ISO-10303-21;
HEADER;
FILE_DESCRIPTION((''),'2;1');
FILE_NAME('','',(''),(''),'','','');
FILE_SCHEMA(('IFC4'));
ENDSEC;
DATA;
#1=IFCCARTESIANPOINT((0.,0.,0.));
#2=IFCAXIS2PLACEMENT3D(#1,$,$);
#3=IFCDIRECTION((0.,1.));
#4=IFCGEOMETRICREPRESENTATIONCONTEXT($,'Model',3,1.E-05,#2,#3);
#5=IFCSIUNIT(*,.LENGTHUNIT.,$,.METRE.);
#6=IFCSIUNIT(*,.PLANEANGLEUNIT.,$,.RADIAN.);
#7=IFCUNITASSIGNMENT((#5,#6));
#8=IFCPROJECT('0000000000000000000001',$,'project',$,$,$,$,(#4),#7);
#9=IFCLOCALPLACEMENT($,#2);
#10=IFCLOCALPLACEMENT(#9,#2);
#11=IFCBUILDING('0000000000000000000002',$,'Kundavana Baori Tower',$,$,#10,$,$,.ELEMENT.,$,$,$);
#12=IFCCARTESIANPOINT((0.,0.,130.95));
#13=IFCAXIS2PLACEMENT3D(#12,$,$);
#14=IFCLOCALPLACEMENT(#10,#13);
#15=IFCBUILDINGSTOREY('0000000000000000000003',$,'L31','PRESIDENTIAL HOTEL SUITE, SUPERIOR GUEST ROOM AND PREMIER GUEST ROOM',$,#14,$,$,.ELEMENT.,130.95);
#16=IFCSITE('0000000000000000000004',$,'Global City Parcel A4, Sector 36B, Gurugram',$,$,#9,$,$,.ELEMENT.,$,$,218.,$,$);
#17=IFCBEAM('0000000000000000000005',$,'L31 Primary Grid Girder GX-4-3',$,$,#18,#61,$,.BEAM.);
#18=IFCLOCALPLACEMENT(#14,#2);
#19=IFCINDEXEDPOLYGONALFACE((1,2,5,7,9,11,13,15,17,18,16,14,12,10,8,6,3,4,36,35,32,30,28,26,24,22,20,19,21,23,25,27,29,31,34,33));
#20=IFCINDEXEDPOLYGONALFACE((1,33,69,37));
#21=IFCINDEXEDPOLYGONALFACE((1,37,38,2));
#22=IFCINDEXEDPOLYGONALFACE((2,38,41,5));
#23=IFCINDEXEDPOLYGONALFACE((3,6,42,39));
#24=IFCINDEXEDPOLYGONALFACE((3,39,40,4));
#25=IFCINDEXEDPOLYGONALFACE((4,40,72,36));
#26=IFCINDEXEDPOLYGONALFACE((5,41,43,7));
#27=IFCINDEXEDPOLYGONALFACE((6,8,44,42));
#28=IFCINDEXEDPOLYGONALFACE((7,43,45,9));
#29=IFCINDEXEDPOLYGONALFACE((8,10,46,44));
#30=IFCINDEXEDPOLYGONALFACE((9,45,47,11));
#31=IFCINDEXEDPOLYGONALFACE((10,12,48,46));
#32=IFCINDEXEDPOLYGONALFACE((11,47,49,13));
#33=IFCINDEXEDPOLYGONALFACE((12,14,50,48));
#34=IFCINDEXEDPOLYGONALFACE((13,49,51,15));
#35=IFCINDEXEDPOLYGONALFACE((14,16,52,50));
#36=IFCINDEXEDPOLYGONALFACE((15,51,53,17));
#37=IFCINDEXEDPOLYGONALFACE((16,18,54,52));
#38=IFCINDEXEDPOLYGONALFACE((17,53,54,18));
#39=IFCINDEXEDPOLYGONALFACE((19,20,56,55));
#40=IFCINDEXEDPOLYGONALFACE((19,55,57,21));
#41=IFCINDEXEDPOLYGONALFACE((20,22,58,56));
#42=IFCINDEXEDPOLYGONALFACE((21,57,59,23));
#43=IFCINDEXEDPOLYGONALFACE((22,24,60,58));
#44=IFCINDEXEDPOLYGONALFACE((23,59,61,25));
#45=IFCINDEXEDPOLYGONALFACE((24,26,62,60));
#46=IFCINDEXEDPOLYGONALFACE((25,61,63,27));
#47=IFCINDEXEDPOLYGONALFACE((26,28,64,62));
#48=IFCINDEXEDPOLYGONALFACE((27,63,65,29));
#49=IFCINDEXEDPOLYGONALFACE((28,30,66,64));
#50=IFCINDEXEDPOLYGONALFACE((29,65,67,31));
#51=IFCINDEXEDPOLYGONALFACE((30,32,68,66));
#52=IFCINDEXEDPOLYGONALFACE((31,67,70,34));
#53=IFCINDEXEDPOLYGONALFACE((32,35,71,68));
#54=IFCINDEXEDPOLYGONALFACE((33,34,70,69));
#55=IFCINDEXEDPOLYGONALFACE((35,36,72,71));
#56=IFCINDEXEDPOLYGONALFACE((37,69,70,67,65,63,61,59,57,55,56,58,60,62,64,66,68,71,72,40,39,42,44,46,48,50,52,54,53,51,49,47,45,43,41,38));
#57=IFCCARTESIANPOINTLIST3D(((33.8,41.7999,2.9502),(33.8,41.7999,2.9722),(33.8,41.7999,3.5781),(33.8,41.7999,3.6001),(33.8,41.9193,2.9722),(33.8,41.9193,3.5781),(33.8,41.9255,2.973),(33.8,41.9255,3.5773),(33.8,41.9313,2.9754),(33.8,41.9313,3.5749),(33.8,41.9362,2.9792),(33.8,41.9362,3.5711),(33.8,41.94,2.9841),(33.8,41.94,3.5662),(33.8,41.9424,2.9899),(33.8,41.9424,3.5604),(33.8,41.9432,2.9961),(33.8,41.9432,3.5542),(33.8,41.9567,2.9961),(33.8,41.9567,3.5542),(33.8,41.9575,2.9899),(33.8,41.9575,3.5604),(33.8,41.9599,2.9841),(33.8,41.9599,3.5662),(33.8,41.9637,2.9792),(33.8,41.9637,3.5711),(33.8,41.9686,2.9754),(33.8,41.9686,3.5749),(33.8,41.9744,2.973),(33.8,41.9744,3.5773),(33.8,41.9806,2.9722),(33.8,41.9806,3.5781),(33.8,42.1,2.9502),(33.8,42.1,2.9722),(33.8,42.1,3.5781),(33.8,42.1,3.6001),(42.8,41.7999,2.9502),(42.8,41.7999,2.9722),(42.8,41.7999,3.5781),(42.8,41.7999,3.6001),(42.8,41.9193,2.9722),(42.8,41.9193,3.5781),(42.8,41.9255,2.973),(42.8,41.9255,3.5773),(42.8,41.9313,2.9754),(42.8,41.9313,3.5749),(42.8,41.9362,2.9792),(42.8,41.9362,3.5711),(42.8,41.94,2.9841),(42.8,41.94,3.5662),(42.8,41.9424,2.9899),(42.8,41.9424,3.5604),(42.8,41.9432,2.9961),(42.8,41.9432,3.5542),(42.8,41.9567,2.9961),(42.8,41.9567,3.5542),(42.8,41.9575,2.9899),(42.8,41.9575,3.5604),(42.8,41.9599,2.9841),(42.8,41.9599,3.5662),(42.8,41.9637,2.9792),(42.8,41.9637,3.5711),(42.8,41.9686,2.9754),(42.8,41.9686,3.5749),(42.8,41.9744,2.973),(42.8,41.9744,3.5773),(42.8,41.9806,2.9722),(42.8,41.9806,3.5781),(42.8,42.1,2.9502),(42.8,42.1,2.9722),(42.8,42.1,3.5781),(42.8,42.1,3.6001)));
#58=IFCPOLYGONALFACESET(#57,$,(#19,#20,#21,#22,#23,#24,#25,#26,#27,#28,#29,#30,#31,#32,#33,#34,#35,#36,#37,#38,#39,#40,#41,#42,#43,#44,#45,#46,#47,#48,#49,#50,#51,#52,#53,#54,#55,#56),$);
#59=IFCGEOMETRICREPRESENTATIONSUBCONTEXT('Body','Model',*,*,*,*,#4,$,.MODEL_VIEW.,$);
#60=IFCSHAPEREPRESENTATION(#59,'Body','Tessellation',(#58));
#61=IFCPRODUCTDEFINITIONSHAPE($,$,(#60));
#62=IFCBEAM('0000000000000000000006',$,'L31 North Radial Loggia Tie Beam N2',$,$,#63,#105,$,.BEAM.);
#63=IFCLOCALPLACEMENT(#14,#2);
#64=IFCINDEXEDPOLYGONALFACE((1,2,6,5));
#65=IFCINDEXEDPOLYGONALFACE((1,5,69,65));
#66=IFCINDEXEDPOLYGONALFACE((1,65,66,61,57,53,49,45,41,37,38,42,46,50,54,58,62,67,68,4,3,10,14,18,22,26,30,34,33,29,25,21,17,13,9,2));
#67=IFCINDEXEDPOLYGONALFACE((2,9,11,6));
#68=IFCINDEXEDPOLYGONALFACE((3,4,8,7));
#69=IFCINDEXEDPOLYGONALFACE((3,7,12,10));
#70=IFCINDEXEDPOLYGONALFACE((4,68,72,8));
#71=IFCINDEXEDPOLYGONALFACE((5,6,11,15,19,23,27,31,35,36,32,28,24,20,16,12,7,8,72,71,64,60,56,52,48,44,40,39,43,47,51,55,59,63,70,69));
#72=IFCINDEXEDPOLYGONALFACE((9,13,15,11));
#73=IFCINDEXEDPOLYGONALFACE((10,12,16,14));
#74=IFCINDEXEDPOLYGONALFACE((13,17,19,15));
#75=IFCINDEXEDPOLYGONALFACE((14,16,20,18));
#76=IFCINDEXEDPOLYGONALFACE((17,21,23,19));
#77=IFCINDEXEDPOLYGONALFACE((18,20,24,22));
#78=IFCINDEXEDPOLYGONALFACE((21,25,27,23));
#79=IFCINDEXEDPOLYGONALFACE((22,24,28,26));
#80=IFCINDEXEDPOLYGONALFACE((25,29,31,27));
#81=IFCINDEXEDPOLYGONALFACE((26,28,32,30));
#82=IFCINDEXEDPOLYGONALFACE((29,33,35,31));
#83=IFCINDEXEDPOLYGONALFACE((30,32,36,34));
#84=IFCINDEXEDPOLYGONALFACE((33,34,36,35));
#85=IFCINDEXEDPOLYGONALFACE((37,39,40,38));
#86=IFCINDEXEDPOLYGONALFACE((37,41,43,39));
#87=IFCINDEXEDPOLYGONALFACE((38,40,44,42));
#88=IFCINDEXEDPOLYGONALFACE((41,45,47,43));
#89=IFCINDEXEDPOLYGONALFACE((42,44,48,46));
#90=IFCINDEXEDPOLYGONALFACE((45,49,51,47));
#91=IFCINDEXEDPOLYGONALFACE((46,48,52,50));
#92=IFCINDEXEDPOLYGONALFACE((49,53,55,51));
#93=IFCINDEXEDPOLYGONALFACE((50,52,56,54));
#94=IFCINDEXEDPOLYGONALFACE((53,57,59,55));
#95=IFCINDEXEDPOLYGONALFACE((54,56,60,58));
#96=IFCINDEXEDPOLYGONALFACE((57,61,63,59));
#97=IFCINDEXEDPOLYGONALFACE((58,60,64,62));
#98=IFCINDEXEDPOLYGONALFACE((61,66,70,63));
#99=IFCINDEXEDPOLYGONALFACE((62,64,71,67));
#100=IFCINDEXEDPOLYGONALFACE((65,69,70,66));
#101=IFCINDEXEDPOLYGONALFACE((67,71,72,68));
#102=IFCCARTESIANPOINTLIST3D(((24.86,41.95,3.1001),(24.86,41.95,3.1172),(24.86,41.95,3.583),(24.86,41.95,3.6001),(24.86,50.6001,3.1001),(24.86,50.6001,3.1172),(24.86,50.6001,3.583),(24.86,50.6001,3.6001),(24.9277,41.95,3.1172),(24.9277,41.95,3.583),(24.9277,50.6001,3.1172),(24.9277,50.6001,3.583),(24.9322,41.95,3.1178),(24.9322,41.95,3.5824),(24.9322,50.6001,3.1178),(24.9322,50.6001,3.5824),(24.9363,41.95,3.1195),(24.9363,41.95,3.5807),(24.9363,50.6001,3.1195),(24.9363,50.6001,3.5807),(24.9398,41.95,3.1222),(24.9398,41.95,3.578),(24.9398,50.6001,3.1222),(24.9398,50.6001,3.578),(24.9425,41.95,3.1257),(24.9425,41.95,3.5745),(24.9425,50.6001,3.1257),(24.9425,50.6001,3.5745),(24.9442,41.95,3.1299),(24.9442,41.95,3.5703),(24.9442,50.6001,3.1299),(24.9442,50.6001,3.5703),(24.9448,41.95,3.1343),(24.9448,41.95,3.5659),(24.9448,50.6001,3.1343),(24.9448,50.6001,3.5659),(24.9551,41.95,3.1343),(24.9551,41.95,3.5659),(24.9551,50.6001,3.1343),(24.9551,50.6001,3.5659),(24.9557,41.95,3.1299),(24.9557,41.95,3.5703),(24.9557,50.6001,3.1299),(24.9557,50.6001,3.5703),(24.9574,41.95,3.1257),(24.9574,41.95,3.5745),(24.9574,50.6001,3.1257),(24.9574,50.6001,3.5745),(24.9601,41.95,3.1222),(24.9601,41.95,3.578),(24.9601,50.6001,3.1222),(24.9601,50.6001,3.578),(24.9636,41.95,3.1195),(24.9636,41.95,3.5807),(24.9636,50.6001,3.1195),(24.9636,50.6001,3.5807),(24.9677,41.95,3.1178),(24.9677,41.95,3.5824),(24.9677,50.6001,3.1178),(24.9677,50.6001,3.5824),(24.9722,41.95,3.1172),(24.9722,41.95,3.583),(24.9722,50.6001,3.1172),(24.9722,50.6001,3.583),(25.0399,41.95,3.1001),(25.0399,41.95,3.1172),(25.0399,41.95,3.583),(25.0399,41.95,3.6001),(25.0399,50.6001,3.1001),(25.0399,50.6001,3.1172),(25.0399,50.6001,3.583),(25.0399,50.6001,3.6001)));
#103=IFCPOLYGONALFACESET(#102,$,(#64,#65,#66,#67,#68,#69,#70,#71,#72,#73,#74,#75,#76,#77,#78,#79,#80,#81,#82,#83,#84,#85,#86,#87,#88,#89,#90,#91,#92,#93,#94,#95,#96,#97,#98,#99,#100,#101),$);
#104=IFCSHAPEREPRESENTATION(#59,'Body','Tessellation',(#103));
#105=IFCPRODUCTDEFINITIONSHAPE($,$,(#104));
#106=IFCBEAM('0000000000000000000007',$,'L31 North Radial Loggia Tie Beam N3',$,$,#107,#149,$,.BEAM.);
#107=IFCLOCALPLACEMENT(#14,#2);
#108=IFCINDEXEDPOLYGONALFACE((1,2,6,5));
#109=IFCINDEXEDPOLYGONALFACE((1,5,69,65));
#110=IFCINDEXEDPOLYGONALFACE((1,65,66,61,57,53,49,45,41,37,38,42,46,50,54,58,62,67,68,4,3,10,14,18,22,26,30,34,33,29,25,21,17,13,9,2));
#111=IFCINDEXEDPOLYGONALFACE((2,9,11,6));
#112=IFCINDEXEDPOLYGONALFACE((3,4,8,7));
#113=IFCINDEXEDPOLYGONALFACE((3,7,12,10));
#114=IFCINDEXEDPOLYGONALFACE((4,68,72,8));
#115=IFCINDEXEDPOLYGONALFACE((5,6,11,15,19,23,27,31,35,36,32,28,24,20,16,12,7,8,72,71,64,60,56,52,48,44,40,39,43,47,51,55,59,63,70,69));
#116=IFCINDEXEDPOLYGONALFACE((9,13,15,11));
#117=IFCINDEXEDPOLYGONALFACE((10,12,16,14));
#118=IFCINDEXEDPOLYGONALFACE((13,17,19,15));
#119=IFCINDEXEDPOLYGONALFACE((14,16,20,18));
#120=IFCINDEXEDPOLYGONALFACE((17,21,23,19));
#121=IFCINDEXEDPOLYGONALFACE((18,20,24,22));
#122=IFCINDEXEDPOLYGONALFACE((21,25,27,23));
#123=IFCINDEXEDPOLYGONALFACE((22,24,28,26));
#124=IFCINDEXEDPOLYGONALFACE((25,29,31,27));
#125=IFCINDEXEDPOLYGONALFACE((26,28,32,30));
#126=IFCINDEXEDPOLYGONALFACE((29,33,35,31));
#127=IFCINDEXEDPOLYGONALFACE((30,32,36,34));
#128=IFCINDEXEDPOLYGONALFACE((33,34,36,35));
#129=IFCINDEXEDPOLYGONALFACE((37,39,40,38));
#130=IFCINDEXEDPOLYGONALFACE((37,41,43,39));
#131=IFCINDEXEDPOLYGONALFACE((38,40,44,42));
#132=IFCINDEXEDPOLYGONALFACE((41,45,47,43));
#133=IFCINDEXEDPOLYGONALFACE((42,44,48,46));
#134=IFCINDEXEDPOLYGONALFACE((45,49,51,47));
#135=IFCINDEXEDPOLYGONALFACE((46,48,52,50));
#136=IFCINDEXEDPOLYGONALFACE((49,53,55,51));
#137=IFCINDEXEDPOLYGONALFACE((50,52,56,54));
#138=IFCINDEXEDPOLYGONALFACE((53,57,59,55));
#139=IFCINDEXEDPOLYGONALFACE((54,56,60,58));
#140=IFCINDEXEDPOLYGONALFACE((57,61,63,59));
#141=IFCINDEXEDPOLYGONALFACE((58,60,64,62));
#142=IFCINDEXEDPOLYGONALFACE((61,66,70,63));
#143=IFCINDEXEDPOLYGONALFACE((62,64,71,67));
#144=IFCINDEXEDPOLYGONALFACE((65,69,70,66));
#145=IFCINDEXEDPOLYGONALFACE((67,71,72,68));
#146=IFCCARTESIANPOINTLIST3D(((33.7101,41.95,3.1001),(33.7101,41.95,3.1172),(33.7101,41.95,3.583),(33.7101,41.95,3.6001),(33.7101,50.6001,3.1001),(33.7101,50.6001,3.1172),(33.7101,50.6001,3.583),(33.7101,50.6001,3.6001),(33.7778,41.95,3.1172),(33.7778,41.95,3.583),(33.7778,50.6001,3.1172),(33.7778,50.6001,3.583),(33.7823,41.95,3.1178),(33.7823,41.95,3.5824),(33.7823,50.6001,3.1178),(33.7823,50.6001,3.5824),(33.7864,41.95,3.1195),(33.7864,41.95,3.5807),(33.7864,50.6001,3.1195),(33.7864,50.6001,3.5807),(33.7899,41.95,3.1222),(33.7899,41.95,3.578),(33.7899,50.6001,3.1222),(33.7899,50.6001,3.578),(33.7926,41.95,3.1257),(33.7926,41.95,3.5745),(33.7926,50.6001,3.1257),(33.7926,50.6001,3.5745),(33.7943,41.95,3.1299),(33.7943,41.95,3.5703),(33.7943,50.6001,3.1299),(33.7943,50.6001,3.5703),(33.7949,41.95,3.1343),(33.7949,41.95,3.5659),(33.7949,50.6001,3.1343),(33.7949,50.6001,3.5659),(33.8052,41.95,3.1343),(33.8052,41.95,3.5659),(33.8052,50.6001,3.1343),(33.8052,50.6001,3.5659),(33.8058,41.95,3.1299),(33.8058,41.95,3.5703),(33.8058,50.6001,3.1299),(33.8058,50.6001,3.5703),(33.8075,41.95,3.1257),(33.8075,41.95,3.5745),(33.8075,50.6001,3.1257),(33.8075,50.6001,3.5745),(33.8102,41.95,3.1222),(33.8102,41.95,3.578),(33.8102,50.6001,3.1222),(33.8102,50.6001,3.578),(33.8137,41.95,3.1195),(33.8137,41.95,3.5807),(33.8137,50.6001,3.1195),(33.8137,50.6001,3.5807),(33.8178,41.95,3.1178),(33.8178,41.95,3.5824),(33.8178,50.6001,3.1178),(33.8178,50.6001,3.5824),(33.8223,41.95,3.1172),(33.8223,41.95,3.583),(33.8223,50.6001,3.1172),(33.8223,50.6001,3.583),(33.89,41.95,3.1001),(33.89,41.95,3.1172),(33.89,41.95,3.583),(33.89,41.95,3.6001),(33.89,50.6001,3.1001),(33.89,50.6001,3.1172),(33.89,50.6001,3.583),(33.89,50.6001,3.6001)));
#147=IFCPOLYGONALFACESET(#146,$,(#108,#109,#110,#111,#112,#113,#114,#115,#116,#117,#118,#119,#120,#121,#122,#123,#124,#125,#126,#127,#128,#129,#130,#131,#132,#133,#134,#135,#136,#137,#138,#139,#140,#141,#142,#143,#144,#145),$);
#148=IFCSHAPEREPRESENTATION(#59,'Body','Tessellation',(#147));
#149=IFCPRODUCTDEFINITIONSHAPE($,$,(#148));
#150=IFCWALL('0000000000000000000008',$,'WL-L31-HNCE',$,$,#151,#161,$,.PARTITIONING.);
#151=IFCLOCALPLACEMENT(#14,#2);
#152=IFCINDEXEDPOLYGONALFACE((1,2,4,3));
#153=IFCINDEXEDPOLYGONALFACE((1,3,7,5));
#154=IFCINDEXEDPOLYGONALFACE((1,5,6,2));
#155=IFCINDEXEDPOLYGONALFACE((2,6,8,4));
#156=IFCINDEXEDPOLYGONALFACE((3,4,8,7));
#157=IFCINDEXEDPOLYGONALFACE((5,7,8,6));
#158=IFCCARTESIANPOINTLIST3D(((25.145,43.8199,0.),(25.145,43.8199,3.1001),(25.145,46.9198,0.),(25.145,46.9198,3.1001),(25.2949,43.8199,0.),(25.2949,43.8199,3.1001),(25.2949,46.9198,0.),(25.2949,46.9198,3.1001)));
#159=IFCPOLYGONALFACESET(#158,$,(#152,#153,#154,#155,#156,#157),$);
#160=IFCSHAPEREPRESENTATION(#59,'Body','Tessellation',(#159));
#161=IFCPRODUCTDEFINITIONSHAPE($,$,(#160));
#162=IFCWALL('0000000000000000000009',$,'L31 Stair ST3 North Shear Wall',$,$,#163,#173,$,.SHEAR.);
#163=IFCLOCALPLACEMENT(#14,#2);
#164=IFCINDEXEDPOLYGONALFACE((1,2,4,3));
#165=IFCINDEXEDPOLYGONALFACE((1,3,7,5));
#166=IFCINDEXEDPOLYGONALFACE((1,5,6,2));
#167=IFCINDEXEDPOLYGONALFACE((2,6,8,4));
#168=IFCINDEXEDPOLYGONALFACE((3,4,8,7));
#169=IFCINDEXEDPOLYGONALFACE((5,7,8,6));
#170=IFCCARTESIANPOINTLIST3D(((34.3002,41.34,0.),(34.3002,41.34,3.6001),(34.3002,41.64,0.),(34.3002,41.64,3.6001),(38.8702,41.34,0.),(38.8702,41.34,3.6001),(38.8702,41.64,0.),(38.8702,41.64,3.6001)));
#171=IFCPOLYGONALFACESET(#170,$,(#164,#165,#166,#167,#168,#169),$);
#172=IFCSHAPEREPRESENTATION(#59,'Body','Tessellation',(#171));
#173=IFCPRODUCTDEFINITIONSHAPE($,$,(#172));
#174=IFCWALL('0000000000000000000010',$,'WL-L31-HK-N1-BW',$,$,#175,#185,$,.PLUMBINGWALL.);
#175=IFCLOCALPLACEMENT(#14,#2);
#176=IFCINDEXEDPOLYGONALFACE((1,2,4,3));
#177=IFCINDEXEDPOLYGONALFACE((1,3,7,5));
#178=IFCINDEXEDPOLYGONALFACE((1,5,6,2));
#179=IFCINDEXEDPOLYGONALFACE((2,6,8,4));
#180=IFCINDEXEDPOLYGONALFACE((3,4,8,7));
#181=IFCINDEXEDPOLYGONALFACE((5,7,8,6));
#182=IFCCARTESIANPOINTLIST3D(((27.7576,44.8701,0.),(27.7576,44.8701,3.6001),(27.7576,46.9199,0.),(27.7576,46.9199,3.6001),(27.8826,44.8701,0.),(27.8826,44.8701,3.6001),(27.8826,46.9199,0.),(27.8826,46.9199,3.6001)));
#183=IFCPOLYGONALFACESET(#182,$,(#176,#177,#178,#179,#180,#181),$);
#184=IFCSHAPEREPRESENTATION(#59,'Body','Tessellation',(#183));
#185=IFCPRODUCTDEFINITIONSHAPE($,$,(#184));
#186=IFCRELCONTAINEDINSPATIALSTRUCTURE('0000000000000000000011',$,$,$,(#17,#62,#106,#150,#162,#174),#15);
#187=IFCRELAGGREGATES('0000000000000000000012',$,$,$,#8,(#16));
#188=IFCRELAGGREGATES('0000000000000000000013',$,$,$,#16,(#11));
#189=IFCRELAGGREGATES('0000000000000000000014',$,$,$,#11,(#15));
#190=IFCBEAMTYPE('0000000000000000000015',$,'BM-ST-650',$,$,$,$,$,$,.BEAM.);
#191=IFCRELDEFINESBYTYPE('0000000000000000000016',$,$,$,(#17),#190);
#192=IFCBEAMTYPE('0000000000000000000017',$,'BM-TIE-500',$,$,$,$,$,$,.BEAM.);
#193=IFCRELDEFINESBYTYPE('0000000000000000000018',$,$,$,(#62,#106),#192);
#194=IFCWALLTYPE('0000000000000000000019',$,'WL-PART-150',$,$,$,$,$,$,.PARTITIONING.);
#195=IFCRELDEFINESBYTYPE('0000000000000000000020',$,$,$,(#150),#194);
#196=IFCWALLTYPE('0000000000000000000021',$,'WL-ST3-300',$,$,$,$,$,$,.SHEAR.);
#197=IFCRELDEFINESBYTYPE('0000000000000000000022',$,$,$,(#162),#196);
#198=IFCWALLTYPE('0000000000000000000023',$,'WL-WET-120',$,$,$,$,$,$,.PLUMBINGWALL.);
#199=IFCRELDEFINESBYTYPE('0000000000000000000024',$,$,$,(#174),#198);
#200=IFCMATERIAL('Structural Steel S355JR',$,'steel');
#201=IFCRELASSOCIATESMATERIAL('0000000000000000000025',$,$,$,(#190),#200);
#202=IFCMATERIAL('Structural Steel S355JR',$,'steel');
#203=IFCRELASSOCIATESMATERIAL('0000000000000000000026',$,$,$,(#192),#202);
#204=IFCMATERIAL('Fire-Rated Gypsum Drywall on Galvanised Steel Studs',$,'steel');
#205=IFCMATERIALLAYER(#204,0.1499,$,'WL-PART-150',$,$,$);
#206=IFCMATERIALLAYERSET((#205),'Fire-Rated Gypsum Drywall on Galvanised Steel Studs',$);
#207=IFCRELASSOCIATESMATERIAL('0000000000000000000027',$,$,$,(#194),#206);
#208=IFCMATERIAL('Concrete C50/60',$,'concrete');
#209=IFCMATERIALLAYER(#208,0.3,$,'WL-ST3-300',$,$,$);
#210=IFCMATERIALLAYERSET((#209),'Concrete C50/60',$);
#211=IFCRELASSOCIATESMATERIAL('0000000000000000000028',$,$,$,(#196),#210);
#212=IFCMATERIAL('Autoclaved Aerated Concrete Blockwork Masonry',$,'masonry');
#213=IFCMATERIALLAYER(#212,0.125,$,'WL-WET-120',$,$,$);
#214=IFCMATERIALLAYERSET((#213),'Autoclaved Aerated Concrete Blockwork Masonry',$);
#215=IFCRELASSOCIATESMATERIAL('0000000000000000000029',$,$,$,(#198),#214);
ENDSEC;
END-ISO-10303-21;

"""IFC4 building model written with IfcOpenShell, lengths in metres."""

from ifc_helpers import new_model, si_unit, direction, frame, frame_2d, origin, origin_2d, place, context, subcontext, project, spatial, rectangle, i_section, extrude, material, layer, layer_set, material_profile, profile_set, type_object, element, save


model = new_model("IFC4")

# Units and contexts
model_context = context("Model", 3, precision=1e-05, world=origin(), true_north=direction((0.0, 1.0)))
body_context = subcontext(model_context, "Body", "Model", "MODEL_VIEW")
ifc_project = project(units=[si_unit("LENGTHUNIT", "METRE"), si_unit("PLANEANGLEUNIT", "RADIAN")], contexts=[model_context])

# Site, building, storey
site_placement = place(None, origin())
site = spatial("IfcSite", under=ifc_project, at=site_placement, Name="Global City Parcel A4, Sector 36B, Gurugram", CompositionType="ELEMENT", RefElevation=218.0)
building_placement = place(site_placement, origin())
building = spatial("IfcBuilding", under=site, at=building_placement, Name="Kundavana Baori Tower", CompositionType="ELEMENT")
storey_placement = place(building_placement, frame((0.0, 0.0, 130.95)))
storey = spatial("IfcBuildingStorey", under=building, at=storey_placement, Name="L31", Description="PRESIDENTIAL HOTEL SUITE, SUPERIOR GUEST ROOM AND PREMIER GUEST ROOM", CompositionType="ELEMENT", Elevation=130.95)

# Beams
ifc_material_1 = material(Name="Structural Steel S355JR", Category="steel")
ifc_material_profile_1 = material_profile(ifc_material_1, i_section(OverallWidth=0.3, OverallDepth=0.6499, WebThickness=0.0134, FlangeThickness=0.022, FilletRadius=0.0239, at=origin_2d()), Name="NPB 650x300x155")
ifc_profile_set_1 = profile_set([ifc_material_profile_1], Name="Structural Steel S355JR")
beam_type_1 = type_object("IfcBeamType", Name="BM-ST-650", PredefinedType="BEAM", material=ifc_profile_set_1)
beam_1_placement = place(storey_placement, frame((33.8, 41.95, 3.2751), z_axis=(1.0, 0.0, 0.0), x_axis=(0.0, 1.0, 0.0)))
element("IfcBeam", 1, at=beam_1_placement, inside=storey, type_object=beam_type_1, Name="L31 Primary Grid Girder GX-4-3", PredefinedType="BEAM", context=body_context, shape_type="SweptSolid", body=[
    extrude(i_section(OverallWidth=0.3, OverallDepth=0.6499, WebThickness=0.0134, FlangeThickness=0.022, FilletRadius=0.0239, at=origin_2d()), origin(), (0.0, 0.0, 1.0), 9.0),
])
ifc_material_2 = material(Name="Structural Steel S355JR", Category="steel")
ifc_material_profile_2 = material_profile(ifc_material_2, i_section(OverallWidth=0.1799, OverallDepth=0.5, WebThickness=0.0103, FlangeThickness=0.0171, FilletRadius=0.0171, at=origin_2d()), Name="ISMB 500")
ifc_profile_set_2 = profile_set([ifc_material_profile_2], Name="Structural Steel S355JR")
beam_type_2 = type_object("IfcBeamType", Name="BM-TIE-500", PredefinedType="BEAM", material=ifc_profile_set_2)
for number, where, z_axis, x_axis, name in (
    (2, (24.95, 41.95, 3.3501), (0.0, 1.0, 0.0), (-1.0, 0.0, 0.0), "L31 North Radial Loggia Tie Beam N2"),
    (3, (33.8, 41.95, 3.3501), (0.0, 1.0, 0.0), (-1.0, 0.0, 0.0), "L31 North Radial Loggia Tie Beam N3"),
):
    element("IfcBeam", number, at=place(storey_placement, frame(where, z_axis=z_axis, x_axis=x_axis)), inside=storey, type_object=beam_type_2, Name=name, PredefinedType="BEAM", context=body_context, shape_type="SweptSolid", body=[
        extrude(i_section(OverallWidth=0.1799, OverallDepth=0.5, WebThickness=0.0103, FlangeThickness=0.0171, FilletRadius=0.0171, at=origin_2d()), origin(), (0.0, 0.0, 1.0), 8.6501),
    ])

# Walls
ifc_material_3 = material(Name="Fire-Rated Gypsum Drywall on Galvanised Steel Studs", Category="steel")
ifc_layer_1 = layer(ifc_material_3, 0.1499, Name="WL-PART-150")
ifc_layer_set_1 = layer_set([ifc_layer_1], Name="Fire-Rated Gypsum Drywall on Galvanised Steel Studs")
wall_type_1 = type_object("IfcWallType", Name="WL-PART-150", PredefinedType="PARTITIONING", material=ifc_layer_set_1)
wall_1_placement = place(storey_placement, frame((25.22, 43.8201, 0.0), z_axis=(0.0, 0.0, 1.0), x_axis=(0.0, 1.0, 0.0)))
element("IfcWall", 4, at=wall_1_placement, inside=storey, type_object=wall_type_1, Name="WL-L31-HNCE", PredefinedType="PARTITIONING", context=body_context, shape_type="SweptSolid", body=[
    extrude(rectangle(XDim=3.0999, YDim=0.1499, at=frame_2d((1.5498, 0.0))), origin(), (0.0, 0.0, 1.0), 3.1001),
])
ifc_material_4 = material(Name="Concrete C50/60", Category="concrete")
ifc_layer_2 = layer(ifc_material_4, 0.3, Name="WL-ST3-300")
ifc_layer_set_2 = layer_set([ifc_layer_2], Name="Concrete C50/60")
wall_type_2 = type_object("IfcWallType", Name="WL-ST3-300", PredefinedType="SHEAR", material=ifc_layer_set_2)
wall_2_placement = place(storey_placement, frame((34.3, 41.49, 0.0), z_axis=(0.0, 0.0, 1.0), x_axis=(1.0, 0.0, 0.0)))
element("IfcWall", 5, at=wall_2_placement, inside=storey, type_object=wall_type_2, Name="L31 Stair ST3 North Shear Wall", PredefinedType="SHEAR", context=body_context, shape_type="SweptSolid", body=[
    extrude(rectangle(XDim=4.5701, YDim=0.3, at=frame_2d((2.2852, 0.0))), origin(), (0.0, 0.0, 1.0), 3.6001),
])
ifc_material_5 = material(Name="Autoclaved Aerated Concrete Blockwork Masonry", Category="masonry")
ifc_layer_3 = layer(ifc_material_5, 0.125, Name="WL-WET-120")
ifc_layer_set_3 = layer_set([ifc_layer_3], Name="Autoclaved Aerated Concrete Blockwork Masonry")
wall_type_3 = type_object("IfcWallType", Name="WL-WET-120", PredefinedType="PLUMBINGWALL", material=ifc_layer_set_3)
wall_3_placement = place(storey_placement, frame((27.8201, 44.8701, 0.0), z_axis=(0.0, 0.0, 1.0), x_axis=(0.0, 1.0, 0.0)))
element("IfcWall", 6, at=wall_3_placement, inside=storey, type_object=wall_type_3, Name="WL-L31-HK-N1-BW", PredefinedType="PLUMBINGWALL", context=body_context, shape_type="SweptSolid", body=[
    extrude(rectangle(XDim=2.0498, YDim=0.125, at=frame_2d((1.0249, 0.0))), origin(), (0.0, 0.0, 1.0), 3.6001),
])

save(model, "model.ifc")
